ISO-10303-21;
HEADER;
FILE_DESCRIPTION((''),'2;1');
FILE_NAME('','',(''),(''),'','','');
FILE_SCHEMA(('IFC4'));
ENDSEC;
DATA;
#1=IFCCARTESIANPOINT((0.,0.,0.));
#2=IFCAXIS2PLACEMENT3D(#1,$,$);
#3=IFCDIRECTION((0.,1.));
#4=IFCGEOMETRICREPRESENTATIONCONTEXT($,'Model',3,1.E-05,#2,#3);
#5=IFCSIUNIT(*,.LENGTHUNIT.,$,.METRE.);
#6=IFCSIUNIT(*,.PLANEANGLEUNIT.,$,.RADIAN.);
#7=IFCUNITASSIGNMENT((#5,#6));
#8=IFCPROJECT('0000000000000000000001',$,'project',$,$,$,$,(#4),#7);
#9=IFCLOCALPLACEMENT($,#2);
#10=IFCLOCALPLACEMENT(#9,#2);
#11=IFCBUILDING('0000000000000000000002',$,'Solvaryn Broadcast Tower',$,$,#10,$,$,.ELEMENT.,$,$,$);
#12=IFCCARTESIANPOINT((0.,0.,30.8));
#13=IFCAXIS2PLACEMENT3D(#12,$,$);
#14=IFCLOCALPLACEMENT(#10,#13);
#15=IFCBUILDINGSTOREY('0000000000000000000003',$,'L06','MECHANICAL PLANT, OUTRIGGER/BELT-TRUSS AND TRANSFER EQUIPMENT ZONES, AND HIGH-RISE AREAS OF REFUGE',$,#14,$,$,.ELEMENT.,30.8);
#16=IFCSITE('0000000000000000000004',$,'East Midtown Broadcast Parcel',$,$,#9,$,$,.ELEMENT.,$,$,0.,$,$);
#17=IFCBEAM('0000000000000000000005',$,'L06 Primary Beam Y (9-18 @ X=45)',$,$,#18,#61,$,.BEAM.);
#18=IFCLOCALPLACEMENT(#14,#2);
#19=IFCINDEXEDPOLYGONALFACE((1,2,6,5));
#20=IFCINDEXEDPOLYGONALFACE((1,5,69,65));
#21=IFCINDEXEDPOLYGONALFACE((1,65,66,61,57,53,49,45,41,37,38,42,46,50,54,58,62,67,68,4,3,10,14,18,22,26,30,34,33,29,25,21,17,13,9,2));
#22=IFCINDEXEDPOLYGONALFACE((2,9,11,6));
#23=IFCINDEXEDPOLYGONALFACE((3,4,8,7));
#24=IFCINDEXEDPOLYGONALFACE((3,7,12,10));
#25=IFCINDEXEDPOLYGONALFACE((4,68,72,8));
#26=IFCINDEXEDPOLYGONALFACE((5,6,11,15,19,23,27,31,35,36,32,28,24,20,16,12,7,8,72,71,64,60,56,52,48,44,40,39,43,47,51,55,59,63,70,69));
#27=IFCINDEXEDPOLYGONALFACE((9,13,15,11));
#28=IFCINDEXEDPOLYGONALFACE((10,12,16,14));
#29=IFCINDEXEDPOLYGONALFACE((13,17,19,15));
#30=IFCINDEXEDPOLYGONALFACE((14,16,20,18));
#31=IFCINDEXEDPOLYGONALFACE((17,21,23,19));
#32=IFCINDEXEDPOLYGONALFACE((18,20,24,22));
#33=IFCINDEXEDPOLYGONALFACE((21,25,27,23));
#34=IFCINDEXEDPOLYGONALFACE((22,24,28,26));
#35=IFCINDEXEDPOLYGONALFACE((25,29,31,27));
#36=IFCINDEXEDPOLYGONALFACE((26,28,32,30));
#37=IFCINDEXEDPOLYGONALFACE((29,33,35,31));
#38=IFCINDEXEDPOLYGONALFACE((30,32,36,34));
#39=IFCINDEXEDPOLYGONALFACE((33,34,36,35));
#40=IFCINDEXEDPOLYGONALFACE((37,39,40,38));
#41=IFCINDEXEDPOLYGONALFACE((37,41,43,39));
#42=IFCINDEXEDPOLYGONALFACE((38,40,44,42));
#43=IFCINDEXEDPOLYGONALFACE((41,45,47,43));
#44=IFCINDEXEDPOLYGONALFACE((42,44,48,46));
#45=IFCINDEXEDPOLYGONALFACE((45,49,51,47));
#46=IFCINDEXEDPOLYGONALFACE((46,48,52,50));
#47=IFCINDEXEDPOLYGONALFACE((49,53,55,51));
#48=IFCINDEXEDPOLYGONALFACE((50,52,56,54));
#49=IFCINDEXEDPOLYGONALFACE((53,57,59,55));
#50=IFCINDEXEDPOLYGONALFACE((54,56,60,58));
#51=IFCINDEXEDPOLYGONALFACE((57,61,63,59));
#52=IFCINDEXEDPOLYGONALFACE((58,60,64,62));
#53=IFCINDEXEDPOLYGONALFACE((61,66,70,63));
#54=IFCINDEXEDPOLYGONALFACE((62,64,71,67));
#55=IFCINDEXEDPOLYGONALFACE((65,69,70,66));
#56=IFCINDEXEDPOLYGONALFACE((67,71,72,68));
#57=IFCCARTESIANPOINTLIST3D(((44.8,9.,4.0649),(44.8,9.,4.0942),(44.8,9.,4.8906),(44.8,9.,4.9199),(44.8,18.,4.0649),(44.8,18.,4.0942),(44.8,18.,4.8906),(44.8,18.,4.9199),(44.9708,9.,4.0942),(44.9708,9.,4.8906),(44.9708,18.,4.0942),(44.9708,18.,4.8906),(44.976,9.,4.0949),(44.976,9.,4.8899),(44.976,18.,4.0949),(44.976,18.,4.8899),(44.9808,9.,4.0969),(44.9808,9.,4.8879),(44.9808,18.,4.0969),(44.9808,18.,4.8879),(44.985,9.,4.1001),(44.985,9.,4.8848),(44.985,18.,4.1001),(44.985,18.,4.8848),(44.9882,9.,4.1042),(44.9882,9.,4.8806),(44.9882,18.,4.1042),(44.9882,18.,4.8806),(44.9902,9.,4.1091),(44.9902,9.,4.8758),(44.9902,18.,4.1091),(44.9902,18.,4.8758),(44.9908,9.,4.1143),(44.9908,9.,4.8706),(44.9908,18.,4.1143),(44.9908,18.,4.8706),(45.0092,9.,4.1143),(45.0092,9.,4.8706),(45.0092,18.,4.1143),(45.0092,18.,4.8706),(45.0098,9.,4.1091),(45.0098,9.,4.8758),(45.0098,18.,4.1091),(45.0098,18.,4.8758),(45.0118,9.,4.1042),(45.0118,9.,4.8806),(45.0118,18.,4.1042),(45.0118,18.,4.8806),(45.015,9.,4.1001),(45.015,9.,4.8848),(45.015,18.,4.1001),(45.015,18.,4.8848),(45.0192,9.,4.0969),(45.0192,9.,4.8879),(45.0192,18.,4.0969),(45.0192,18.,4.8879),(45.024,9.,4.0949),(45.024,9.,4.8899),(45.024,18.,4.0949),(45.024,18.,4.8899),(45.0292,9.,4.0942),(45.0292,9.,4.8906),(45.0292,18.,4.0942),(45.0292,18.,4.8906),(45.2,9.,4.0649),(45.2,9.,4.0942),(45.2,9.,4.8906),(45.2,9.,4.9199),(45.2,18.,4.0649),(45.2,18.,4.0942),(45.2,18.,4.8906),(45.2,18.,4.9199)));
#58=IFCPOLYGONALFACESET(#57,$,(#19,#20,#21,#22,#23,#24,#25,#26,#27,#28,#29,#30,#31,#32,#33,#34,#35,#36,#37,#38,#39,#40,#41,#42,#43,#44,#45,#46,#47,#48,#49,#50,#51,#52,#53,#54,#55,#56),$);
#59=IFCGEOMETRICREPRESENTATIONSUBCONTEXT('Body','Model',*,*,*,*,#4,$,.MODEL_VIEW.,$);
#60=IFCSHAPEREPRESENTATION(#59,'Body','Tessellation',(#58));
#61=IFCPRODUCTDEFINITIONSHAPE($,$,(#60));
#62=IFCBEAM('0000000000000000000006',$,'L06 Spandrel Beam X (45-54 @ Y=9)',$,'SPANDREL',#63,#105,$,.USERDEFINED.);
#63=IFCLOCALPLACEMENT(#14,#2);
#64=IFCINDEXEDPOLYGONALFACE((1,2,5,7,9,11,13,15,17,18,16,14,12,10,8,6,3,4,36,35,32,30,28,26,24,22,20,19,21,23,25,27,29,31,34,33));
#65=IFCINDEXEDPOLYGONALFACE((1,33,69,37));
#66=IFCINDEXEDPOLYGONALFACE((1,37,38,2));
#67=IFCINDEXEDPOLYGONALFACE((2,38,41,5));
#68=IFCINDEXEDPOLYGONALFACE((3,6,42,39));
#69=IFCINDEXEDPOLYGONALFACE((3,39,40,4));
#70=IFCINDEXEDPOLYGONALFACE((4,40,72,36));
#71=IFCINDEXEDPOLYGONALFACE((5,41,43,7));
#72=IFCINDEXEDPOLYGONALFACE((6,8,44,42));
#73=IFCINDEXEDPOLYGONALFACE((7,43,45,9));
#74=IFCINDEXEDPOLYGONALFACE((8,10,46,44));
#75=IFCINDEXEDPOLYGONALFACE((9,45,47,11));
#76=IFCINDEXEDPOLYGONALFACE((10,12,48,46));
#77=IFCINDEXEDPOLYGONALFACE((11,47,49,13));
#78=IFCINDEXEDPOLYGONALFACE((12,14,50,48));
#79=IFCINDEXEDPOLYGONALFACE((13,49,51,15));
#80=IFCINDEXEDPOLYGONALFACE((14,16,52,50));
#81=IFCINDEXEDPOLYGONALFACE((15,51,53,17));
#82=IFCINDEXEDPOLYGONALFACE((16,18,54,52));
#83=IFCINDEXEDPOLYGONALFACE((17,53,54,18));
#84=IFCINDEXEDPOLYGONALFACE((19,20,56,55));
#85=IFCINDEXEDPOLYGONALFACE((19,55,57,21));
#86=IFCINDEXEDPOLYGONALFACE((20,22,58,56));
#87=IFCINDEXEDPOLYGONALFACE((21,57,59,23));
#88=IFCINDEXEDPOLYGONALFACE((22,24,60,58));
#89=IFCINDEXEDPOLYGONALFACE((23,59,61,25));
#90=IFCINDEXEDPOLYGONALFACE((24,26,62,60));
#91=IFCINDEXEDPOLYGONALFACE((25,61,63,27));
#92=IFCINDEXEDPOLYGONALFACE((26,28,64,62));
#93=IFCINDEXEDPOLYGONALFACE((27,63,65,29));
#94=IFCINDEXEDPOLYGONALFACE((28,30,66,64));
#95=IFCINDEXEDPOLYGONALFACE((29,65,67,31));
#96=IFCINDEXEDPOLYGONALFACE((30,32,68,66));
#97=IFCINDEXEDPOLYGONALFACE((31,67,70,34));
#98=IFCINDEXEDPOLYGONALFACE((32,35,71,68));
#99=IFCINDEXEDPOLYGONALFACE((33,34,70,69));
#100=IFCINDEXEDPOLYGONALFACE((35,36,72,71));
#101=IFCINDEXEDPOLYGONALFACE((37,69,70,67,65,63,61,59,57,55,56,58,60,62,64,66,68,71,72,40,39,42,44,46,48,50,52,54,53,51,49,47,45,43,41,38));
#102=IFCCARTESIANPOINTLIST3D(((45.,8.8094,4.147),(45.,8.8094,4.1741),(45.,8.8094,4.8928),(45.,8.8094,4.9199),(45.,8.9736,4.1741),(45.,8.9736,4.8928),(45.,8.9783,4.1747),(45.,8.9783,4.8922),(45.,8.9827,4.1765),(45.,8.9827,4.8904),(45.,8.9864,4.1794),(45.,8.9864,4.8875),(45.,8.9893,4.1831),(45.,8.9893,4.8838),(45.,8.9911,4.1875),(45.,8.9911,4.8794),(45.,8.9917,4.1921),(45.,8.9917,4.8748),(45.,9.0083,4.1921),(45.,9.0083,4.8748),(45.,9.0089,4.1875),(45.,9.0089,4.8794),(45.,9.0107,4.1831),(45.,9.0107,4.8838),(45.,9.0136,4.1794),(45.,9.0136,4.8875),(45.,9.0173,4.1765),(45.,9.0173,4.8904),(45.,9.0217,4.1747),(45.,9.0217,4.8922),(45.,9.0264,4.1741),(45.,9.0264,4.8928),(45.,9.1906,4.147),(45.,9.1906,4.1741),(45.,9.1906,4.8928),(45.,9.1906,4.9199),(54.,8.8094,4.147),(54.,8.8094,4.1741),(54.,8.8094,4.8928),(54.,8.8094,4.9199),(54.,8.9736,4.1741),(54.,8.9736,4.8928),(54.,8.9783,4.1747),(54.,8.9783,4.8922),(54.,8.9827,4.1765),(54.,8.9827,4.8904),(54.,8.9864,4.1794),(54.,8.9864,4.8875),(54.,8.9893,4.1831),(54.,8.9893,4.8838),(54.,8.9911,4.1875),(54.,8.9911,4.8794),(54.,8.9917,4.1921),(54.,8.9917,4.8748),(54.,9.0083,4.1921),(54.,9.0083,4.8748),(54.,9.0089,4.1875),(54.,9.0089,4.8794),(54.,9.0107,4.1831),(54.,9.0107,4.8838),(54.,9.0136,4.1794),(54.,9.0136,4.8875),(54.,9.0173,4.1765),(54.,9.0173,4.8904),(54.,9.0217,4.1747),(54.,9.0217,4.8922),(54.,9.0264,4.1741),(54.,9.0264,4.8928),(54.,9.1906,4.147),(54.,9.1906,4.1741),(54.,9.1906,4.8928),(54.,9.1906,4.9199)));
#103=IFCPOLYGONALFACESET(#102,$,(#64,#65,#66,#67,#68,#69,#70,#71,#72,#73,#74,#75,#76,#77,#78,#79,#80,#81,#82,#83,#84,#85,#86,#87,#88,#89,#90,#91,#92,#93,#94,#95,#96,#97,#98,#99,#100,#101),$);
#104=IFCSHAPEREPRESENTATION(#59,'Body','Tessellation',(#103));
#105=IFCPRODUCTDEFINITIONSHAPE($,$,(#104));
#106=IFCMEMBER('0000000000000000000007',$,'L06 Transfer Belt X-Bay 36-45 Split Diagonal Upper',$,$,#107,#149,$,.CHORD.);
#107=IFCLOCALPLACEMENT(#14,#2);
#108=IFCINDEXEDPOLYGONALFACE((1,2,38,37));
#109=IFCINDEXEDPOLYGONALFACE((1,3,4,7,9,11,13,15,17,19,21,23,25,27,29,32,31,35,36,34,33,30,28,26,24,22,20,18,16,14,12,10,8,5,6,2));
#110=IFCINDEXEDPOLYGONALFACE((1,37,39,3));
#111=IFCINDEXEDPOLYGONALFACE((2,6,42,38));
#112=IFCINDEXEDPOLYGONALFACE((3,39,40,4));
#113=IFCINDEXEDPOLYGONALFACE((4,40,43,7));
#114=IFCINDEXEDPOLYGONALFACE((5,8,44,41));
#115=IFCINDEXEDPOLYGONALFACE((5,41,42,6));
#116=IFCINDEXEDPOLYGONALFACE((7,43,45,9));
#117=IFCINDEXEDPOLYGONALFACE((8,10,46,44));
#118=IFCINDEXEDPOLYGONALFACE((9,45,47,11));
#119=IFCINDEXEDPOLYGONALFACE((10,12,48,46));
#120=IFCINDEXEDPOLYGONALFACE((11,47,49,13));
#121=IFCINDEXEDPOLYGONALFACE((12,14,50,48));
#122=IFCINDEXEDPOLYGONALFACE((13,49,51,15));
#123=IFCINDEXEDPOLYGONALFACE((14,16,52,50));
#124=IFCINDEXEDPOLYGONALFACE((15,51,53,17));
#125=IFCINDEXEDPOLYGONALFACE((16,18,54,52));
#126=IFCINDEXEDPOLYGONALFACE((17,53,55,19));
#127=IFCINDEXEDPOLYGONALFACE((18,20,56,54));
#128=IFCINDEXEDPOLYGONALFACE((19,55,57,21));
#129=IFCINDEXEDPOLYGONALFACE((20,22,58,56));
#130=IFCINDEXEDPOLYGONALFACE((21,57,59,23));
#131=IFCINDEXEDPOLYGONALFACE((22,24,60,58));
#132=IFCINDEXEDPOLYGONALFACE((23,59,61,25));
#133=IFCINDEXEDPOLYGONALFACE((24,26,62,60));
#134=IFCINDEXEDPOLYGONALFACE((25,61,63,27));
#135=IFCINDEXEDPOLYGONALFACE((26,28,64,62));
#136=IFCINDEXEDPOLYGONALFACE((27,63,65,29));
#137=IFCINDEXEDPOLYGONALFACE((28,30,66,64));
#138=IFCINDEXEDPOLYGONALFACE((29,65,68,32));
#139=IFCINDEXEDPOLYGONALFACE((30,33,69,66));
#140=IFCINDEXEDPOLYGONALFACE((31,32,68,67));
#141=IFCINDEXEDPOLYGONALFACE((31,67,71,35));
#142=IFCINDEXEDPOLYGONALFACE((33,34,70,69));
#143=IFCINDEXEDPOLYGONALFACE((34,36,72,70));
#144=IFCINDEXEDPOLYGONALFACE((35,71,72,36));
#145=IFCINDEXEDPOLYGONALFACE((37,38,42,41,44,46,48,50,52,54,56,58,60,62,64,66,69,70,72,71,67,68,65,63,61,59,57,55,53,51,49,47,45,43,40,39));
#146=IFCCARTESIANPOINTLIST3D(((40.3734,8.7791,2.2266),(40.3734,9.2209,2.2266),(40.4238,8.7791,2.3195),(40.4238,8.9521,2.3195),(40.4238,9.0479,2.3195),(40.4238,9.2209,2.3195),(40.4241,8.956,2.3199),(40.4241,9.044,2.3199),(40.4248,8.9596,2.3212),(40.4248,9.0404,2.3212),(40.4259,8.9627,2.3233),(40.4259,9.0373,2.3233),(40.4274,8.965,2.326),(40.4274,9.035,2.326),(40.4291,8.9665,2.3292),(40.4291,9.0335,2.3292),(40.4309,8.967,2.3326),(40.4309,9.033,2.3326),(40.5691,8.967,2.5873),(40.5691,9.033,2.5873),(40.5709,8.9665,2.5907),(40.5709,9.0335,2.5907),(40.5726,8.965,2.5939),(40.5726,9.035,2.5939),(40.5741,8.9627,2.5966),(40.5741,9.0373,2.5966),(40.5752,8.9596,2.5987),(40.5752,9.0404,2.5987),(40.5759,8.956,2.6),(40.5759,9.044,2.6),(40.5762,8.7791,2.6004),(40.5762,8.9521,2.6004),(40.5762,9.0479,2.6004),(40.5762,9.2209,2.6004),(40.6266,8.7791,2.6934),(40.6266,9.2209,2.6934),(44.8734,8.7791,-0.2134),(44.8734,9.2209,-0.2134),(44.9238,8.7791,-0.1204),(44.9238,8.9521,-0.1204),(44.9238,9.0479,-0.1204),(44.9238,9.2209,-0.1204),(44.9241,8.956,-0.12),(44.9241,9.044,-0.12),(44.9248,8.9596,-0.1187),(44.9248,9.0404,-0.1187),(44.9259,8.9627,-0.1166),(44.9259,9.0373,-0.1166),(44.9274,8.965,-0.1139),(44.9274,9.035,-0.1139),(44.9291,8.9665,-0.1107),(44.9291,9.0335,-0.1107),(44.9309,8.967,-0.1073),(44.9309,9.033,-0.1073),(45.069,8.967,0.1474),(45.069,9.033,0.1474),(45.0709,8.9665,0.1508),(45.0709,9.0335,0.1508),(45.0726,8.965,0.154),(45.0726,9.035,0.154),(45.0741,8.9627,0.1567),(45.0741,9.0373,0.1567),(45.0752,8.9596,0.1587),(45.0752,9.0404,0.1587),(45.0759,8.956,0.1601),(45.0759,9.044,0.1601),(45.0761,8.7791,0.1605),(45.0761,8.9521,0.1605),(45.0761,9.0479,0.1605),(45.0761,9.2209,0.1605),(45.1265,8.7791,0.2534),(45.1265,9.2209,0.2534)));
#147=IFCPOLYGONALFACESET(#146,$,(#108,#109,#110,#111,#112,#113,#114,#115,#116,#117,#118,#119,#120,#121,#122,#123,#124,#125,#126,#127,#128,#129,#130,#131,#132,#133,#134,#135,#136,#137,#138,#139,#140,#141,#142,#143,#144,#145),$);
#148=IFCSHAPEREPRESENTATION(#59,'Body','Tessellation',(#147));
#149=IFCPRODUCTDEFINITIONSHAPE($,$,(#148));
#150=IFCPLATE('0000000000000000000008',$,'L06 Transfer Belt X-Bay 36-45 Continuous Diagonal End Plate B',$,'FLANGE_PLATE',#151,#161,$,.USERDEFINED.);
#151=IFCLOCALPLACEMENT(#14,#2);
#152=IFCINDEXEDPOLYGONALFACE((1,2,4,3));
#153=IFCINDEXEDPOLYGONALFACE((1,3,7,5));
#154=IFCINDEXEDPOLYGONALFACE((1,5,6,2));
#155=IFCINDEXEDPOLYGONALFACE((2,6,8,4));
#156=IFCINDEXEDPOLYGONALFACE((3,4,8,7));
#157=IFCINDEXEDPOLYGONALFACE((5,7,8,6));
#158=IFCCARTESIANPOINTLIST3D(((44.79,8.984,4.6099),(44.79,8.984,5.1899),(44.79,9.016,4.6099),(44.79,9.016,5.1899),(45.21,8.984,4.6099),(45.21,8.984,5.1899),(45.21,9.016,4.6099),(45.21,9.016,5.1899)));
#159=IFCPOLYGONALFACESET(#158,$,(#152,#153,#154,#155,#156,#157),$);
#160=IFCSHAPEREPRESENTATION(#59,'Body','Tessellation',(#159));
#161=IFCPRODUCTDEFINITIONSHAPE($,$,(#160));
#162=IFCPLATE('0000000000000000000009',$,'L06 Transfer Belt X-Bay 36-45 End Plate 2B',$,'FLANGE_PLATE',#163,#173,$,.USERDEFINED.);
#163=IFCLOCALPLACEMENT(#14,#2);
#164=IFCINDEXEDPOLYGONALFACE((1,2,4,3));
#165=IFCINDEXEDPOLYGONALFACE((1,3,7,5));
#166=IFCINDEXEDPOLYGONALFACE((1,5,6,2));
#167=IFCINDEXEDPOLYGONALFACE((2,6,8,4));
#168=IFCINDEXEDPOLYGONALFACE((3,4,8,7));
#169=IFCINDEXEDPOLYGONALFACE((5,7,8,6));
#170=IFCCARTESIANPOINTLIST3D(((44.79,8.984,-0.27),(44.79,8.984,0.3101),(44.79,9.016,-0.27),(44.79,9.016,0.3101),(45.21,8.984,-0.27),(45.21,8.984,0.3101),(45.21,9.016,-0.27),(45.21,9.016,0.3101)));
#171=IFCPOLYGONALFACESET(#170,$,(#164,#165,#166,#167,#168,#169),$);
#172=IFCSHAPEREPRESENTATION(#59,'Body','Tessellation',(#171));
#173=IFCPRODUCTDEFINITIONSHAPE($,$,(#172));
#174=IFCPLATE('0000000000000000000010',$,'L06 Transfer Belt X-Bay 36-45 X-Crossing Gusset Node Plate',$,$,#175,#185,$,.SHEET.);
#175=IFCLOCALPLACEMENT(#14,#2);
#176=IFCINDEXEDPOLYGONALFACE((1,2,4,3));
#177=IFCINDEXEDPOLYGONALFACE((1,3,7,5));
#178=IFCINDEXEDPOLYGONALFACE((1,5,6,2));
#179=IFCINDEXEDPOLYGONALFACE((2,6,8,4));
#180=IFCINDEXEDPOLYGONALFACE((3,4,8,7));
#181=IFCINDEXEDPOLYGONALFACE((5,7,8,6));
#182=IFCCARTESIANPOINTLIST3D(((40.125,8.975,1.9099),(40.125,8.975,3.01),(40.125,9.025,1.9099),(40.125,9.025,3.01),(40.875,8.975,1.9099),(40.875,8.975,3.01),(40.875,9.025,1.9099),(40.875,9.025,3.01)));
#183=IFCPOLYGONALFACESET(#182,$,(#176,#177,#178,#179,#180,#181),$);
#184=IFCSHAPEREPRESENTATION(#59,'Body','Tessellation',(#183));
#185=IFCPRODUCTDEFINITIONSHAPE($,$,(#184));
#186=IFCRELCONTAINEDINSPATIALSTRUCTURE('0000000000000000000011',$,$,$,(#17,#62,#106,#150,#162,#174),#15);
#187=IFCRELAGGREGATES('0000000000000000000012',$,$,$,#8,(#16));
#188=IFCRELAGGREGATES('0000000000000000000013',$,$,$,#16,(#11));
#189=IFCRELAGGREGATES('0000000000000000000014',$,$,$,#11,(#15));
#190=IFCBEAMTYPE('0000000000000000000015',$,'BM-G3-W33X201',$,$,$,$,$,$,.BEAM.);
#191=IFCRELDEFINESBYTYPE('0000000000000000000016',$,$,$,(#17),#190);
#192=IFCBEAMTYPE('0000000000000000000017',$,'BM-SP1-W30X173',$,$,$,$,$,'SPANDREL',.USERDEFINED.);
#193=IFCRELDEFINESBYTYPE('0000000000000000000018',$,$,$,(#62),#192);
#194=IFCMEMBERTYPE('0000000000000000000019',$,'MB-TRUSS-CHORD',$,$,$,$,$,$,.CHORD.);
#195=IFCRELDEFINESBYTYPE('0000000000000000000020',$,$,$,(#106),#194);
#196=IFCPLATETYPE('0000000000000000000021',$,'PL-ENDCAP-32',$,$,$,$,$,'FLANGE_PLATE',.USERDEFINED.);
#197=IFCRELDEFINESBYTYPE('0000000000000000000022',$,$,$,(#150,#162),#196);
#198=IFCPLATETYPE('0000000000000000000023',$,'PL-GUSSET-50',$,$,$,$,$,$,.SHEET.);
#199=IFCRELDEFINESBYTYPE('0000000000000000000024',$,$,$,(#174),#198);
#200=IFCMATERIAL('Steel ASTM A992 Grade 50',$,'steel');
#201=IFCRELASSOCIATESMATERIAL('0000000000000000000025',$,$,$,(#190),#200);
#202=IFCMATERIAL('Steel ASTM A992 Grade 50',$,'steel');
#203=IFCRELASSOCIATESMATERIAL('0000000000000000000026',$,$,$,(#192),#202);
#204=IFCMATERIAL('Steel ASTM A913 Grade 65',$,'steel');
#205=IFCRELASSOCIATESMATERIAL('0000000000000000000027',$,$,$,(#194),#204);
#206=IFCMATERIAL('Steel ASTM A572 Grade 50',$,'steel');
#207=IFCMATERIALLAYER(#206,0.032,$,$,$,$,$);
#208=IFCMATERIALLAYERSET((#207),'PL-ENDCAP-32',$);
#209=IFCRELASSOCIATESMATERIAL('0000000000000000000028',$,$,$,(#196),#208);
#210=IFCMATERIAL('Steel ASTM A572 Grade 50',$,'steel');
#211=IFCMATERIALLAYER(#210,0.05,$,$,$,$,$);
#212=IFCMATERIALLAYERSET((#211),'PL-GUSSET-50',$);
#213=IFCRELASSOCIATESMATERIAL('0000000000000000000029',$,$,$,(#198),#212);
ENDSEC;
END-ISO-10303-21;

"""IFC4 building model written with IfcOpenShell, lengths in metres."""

from ifc_helpers import new_model, si_unit, direction, frame, origin, origin_2d, place, context, subcontext, project, spatial, rectangle, i_section, extrude, material, layer, layer_set, material_profile, profile_set, type_object, element, save


model = new_model("IFC4")

# Units and contexts
model_context = context("Model", 3, precision=1e-05, world=origin(), true_north=direction((0.0, 1.0)))
body_context = subcontext(model_context, "Body", "Model", "MODEL_VIEW")
ifc_project = project(units=[si_unit("LENGTHUNIT", "METRE"), si_unit("PLANEANGLEUNIT", "RADIAN")], contexts=[model_context])

# Site, building, storey
site_placement = place(None, origin())
site = spatial("IfcSite", under=ifc_project, at=site_placement, Name="East Midtown Broadcast Parcel", CompositionType="ELEMENT", RefElevation=0.0)
building_placement = place(site_placement, origin())
building = spatial("IfcBuilding", under=site, at=building_placement, Name="Solvaryn Broadcast Tower", CompositionType="ELEMENT")
storey_placement = place(building_placement, frame((0.0, 0.0, 30.8)))
storey = spatial("IfcBuildingStorey", under=building, at=storey_placement, Name="L06", Description="MECHANICAL PLANT, OUTRIGGER/BELT-TRUSS AND TRANSFER EQUIPMENT ZONES, AND HIGH-RISE AREAS OF REFUGE", CompositionType="ELEMENT", Elevation=30.8)

# Beams
ifc_material_1 = material(Name="Steel ASTM A992 Grade 50", Category="steel")
ifc_material_profile_1 = material_profile(ifc_material_1, i_section(OverallWidth=0.3999, OverallDepth=0.855, WebThickness=0.0183, FlangeThickness=0.0293, FilletRadius=0.02, at=origin_2d()))
ifc_profile_set_1 = profile_set([ifc_material_profile_1], Name="Steel ASTM A992 Grade 50")
beam_type_1 = type_object("IfcBeamType", Name="BM-G3-W33X201", PredefinedType="BEAM", material=ifc_profile_set_1)
beam_1_placement = place(storey_placement, frame((45.0, 9.0, 4.4924), z_axis=(0.0, 1.0, 0.0), x_axis=(-1.0, 0.0, 0.0)))
element("IfcBeam", 1, at=beam_1_placement, inside=storey, type_object=beam_type_1, Name="L06 Primary Beam Y (9-18 @ X=45)", PredefinedType="BEAM", context=body_context, shape_type="SweptSolid", body=[
    extrude(i_section(OverallWidth=0.3999, OverallDepth=0.855, WebThickness=0.0183, FlangeThickness=0.0293, FilletRadius=0.02, at=origin_2d()), origin(), (0.0, 0.0, 1.0), 9.0),
])
ifc_material_2 = material(Name="Steel ASTM A992 Grade 50", Category="steel")
ifc_material_profile_2 = material_profile(ifc_material_2, i_section(OverallWidth=0.3811, OverallDepth=0.7729, WebThickness=0.0166, FlangeThickness=0.0271, FilletRadius=0.0181, at=origin_2d()))
ifc_profile_set_2 = profile_set([ifc_material_profile_2], Name="Steel ASTM A992 Grade 50")
beam_type_2 = type_object("IfcBeamType", Name="BM-SP1-W30X173", ElementType="SPANDREL", PredefinedType="USERDEFINED", material=ifc_profile_set_2)
beam_2_placement = place(storey_placement, frame((45.0, 9.0, 4.5334), z_axis=(1.0, 0.0, 0.0), x_axis=(0.0, 1.0, 0.0)))
element("IfcBeam", 2, at=beam_2_placement, inside=storey, type_object=beam_type_2, Name="L06 Spandrel Beam X (45-54 @ Y=9)", ObjectType="SPANDREL", PredefinedType="USERDEFINED", context=body_context, shape_type="SweptSolid", body=[
    extrude(i_section(OverallWidth=0.3811, OverallDepth=0.7729, WebThickness=0.0166, FlangeThickness=0.0271, FilletRadius=0.0181, at=origin_2d()), origin(), (0.0, 0.0, 1.0), 9.0),
])

# Member
ifc_material_3 = material(Name="Steel ASTM A913 Grade 65", Category="steel")
ifc_material_profile_3 = material_profile(ifc_material_3, i_section(OverallWidth=0.4419, OverallDepth=0.531, WebThickness=0.0659, FlangeThickness=0.1057, FilletRadius=0.0149, at=origin_2d()))
ifc_profile_set_3 = profile_set([ifc_material_profile_3], Name="Steel ASTM A913 Grade 65")
member_type = type_object("IfcMemberType", Name="MB-TRUSS-CHORD", PredefinedType="CHORD", material=ifc_profile_set_3)
member_placement = place(storey_placement, frame((40.5, 9.0, 2.46), z_axis=(0.879092, 0.0, -0.476652), x_axis=(0.0, 1.0, 0.0)))
element("IfcMember", 3, at=member_placement, inside=storey, type_object=member_type, Name="L06 Transfer Belt X-Bay 36-45 Split Diagonal Upper", PredefinedType="CHORD", context=body_context, shape_type="SweptSolid", body=[
    extrude(i_section(OverallWidth=0.4419, OverallDepth=0.531, WebThickness=0.0659, FlangeThickness=0.1057, FilletRadius=0.0149, at=origin_2d()), origin(), (0.0, 0.0, 1.0), 5.1189),
])

# Plates
ifc_material_4 = material(Name="Steel ASTM A572 Grade 50", Category="steel")
ifc_layer_1 = layer(ifc_material_4, 0.032)
ifc_layer_set_1 = layer_set([ifc_layer_1], Name="PL-ENDCAP-32")
plate_type_1 = type_object("IfcPlateType", Name="PL-ENDCAP-32", ElementType="FLANGE_PLATE", PredefinedType="USERDEFINED", material=ifc_layer_set_1)
for number, where, z_axis, x_axis, name in (
    (4, (45.0, 9.0, 4.6099), (0.0, 0.0, 1.0), (1.0, 0.0, 0.0), "L06 Transfer Belt X-Bay 36-45 Continuous Diagonal End Plate B"),
    (5, (45.0, 9.0, -0.27), (0.0, 0.0, 1.0), (1.0, 0.0, 0.0), "L06 Transfer Belt X-Bay 36-45 End Plate 2B"),
):
    element("IfcPlate", number, at=place(storey_placement, frame(where, z_axis=z_axis, x_axis=x_axis)), inside=storey, type_object=plate_type_1, Name=name, ObjectType="FLANGE_PLATE", PredefinedType="USERDEFINED", context=body_context, shape_type="SweptSolid", body=[
        extrude(rectangle(XDim=0.4199, YDim=0.032, at=origin_2d()), origin(), (0.0, 0.0, 1.0), 0.5801),
    ])
ifc_material_5 = material(Name="Steel ASTM A572 Grade 50", Category="steel")
ifc_layer_2 = layer(ifc_material_5, 0.05)
ifc_layer_set_2 = layer_set([ifc_layer_2], Name="PL-GUSSET-50")
plate_type_2 = type_object("IfcPlateType", Name="PL-GUSSET-50", PredefinedType="SHEET", material=ifc_layer_set_2)
plate_placement = place(storey_placement, frame((40.5, 9.0, 1.9099), z_axis=(0.0, 0.0, 1.0), x_axis=(1.0, 0.0, 0.0)))
element("IfcPlate", 6, at=plate_placement, inside=storey, type_object=plate_type_2, Name="L06 Transfer Belt X-Bay 36-45 X-Crossing Gusset Node Plate", PredefinedType="SHEET", context=body_context, shape_type="SweptSolid", body=[
    extrude(rectangle(XDim=0.75, YDim=0.05, at=origin_2d()), origin(), (0.0, 0.0, 1.0), 1.1001),
])

save(model, "model.ifc")
